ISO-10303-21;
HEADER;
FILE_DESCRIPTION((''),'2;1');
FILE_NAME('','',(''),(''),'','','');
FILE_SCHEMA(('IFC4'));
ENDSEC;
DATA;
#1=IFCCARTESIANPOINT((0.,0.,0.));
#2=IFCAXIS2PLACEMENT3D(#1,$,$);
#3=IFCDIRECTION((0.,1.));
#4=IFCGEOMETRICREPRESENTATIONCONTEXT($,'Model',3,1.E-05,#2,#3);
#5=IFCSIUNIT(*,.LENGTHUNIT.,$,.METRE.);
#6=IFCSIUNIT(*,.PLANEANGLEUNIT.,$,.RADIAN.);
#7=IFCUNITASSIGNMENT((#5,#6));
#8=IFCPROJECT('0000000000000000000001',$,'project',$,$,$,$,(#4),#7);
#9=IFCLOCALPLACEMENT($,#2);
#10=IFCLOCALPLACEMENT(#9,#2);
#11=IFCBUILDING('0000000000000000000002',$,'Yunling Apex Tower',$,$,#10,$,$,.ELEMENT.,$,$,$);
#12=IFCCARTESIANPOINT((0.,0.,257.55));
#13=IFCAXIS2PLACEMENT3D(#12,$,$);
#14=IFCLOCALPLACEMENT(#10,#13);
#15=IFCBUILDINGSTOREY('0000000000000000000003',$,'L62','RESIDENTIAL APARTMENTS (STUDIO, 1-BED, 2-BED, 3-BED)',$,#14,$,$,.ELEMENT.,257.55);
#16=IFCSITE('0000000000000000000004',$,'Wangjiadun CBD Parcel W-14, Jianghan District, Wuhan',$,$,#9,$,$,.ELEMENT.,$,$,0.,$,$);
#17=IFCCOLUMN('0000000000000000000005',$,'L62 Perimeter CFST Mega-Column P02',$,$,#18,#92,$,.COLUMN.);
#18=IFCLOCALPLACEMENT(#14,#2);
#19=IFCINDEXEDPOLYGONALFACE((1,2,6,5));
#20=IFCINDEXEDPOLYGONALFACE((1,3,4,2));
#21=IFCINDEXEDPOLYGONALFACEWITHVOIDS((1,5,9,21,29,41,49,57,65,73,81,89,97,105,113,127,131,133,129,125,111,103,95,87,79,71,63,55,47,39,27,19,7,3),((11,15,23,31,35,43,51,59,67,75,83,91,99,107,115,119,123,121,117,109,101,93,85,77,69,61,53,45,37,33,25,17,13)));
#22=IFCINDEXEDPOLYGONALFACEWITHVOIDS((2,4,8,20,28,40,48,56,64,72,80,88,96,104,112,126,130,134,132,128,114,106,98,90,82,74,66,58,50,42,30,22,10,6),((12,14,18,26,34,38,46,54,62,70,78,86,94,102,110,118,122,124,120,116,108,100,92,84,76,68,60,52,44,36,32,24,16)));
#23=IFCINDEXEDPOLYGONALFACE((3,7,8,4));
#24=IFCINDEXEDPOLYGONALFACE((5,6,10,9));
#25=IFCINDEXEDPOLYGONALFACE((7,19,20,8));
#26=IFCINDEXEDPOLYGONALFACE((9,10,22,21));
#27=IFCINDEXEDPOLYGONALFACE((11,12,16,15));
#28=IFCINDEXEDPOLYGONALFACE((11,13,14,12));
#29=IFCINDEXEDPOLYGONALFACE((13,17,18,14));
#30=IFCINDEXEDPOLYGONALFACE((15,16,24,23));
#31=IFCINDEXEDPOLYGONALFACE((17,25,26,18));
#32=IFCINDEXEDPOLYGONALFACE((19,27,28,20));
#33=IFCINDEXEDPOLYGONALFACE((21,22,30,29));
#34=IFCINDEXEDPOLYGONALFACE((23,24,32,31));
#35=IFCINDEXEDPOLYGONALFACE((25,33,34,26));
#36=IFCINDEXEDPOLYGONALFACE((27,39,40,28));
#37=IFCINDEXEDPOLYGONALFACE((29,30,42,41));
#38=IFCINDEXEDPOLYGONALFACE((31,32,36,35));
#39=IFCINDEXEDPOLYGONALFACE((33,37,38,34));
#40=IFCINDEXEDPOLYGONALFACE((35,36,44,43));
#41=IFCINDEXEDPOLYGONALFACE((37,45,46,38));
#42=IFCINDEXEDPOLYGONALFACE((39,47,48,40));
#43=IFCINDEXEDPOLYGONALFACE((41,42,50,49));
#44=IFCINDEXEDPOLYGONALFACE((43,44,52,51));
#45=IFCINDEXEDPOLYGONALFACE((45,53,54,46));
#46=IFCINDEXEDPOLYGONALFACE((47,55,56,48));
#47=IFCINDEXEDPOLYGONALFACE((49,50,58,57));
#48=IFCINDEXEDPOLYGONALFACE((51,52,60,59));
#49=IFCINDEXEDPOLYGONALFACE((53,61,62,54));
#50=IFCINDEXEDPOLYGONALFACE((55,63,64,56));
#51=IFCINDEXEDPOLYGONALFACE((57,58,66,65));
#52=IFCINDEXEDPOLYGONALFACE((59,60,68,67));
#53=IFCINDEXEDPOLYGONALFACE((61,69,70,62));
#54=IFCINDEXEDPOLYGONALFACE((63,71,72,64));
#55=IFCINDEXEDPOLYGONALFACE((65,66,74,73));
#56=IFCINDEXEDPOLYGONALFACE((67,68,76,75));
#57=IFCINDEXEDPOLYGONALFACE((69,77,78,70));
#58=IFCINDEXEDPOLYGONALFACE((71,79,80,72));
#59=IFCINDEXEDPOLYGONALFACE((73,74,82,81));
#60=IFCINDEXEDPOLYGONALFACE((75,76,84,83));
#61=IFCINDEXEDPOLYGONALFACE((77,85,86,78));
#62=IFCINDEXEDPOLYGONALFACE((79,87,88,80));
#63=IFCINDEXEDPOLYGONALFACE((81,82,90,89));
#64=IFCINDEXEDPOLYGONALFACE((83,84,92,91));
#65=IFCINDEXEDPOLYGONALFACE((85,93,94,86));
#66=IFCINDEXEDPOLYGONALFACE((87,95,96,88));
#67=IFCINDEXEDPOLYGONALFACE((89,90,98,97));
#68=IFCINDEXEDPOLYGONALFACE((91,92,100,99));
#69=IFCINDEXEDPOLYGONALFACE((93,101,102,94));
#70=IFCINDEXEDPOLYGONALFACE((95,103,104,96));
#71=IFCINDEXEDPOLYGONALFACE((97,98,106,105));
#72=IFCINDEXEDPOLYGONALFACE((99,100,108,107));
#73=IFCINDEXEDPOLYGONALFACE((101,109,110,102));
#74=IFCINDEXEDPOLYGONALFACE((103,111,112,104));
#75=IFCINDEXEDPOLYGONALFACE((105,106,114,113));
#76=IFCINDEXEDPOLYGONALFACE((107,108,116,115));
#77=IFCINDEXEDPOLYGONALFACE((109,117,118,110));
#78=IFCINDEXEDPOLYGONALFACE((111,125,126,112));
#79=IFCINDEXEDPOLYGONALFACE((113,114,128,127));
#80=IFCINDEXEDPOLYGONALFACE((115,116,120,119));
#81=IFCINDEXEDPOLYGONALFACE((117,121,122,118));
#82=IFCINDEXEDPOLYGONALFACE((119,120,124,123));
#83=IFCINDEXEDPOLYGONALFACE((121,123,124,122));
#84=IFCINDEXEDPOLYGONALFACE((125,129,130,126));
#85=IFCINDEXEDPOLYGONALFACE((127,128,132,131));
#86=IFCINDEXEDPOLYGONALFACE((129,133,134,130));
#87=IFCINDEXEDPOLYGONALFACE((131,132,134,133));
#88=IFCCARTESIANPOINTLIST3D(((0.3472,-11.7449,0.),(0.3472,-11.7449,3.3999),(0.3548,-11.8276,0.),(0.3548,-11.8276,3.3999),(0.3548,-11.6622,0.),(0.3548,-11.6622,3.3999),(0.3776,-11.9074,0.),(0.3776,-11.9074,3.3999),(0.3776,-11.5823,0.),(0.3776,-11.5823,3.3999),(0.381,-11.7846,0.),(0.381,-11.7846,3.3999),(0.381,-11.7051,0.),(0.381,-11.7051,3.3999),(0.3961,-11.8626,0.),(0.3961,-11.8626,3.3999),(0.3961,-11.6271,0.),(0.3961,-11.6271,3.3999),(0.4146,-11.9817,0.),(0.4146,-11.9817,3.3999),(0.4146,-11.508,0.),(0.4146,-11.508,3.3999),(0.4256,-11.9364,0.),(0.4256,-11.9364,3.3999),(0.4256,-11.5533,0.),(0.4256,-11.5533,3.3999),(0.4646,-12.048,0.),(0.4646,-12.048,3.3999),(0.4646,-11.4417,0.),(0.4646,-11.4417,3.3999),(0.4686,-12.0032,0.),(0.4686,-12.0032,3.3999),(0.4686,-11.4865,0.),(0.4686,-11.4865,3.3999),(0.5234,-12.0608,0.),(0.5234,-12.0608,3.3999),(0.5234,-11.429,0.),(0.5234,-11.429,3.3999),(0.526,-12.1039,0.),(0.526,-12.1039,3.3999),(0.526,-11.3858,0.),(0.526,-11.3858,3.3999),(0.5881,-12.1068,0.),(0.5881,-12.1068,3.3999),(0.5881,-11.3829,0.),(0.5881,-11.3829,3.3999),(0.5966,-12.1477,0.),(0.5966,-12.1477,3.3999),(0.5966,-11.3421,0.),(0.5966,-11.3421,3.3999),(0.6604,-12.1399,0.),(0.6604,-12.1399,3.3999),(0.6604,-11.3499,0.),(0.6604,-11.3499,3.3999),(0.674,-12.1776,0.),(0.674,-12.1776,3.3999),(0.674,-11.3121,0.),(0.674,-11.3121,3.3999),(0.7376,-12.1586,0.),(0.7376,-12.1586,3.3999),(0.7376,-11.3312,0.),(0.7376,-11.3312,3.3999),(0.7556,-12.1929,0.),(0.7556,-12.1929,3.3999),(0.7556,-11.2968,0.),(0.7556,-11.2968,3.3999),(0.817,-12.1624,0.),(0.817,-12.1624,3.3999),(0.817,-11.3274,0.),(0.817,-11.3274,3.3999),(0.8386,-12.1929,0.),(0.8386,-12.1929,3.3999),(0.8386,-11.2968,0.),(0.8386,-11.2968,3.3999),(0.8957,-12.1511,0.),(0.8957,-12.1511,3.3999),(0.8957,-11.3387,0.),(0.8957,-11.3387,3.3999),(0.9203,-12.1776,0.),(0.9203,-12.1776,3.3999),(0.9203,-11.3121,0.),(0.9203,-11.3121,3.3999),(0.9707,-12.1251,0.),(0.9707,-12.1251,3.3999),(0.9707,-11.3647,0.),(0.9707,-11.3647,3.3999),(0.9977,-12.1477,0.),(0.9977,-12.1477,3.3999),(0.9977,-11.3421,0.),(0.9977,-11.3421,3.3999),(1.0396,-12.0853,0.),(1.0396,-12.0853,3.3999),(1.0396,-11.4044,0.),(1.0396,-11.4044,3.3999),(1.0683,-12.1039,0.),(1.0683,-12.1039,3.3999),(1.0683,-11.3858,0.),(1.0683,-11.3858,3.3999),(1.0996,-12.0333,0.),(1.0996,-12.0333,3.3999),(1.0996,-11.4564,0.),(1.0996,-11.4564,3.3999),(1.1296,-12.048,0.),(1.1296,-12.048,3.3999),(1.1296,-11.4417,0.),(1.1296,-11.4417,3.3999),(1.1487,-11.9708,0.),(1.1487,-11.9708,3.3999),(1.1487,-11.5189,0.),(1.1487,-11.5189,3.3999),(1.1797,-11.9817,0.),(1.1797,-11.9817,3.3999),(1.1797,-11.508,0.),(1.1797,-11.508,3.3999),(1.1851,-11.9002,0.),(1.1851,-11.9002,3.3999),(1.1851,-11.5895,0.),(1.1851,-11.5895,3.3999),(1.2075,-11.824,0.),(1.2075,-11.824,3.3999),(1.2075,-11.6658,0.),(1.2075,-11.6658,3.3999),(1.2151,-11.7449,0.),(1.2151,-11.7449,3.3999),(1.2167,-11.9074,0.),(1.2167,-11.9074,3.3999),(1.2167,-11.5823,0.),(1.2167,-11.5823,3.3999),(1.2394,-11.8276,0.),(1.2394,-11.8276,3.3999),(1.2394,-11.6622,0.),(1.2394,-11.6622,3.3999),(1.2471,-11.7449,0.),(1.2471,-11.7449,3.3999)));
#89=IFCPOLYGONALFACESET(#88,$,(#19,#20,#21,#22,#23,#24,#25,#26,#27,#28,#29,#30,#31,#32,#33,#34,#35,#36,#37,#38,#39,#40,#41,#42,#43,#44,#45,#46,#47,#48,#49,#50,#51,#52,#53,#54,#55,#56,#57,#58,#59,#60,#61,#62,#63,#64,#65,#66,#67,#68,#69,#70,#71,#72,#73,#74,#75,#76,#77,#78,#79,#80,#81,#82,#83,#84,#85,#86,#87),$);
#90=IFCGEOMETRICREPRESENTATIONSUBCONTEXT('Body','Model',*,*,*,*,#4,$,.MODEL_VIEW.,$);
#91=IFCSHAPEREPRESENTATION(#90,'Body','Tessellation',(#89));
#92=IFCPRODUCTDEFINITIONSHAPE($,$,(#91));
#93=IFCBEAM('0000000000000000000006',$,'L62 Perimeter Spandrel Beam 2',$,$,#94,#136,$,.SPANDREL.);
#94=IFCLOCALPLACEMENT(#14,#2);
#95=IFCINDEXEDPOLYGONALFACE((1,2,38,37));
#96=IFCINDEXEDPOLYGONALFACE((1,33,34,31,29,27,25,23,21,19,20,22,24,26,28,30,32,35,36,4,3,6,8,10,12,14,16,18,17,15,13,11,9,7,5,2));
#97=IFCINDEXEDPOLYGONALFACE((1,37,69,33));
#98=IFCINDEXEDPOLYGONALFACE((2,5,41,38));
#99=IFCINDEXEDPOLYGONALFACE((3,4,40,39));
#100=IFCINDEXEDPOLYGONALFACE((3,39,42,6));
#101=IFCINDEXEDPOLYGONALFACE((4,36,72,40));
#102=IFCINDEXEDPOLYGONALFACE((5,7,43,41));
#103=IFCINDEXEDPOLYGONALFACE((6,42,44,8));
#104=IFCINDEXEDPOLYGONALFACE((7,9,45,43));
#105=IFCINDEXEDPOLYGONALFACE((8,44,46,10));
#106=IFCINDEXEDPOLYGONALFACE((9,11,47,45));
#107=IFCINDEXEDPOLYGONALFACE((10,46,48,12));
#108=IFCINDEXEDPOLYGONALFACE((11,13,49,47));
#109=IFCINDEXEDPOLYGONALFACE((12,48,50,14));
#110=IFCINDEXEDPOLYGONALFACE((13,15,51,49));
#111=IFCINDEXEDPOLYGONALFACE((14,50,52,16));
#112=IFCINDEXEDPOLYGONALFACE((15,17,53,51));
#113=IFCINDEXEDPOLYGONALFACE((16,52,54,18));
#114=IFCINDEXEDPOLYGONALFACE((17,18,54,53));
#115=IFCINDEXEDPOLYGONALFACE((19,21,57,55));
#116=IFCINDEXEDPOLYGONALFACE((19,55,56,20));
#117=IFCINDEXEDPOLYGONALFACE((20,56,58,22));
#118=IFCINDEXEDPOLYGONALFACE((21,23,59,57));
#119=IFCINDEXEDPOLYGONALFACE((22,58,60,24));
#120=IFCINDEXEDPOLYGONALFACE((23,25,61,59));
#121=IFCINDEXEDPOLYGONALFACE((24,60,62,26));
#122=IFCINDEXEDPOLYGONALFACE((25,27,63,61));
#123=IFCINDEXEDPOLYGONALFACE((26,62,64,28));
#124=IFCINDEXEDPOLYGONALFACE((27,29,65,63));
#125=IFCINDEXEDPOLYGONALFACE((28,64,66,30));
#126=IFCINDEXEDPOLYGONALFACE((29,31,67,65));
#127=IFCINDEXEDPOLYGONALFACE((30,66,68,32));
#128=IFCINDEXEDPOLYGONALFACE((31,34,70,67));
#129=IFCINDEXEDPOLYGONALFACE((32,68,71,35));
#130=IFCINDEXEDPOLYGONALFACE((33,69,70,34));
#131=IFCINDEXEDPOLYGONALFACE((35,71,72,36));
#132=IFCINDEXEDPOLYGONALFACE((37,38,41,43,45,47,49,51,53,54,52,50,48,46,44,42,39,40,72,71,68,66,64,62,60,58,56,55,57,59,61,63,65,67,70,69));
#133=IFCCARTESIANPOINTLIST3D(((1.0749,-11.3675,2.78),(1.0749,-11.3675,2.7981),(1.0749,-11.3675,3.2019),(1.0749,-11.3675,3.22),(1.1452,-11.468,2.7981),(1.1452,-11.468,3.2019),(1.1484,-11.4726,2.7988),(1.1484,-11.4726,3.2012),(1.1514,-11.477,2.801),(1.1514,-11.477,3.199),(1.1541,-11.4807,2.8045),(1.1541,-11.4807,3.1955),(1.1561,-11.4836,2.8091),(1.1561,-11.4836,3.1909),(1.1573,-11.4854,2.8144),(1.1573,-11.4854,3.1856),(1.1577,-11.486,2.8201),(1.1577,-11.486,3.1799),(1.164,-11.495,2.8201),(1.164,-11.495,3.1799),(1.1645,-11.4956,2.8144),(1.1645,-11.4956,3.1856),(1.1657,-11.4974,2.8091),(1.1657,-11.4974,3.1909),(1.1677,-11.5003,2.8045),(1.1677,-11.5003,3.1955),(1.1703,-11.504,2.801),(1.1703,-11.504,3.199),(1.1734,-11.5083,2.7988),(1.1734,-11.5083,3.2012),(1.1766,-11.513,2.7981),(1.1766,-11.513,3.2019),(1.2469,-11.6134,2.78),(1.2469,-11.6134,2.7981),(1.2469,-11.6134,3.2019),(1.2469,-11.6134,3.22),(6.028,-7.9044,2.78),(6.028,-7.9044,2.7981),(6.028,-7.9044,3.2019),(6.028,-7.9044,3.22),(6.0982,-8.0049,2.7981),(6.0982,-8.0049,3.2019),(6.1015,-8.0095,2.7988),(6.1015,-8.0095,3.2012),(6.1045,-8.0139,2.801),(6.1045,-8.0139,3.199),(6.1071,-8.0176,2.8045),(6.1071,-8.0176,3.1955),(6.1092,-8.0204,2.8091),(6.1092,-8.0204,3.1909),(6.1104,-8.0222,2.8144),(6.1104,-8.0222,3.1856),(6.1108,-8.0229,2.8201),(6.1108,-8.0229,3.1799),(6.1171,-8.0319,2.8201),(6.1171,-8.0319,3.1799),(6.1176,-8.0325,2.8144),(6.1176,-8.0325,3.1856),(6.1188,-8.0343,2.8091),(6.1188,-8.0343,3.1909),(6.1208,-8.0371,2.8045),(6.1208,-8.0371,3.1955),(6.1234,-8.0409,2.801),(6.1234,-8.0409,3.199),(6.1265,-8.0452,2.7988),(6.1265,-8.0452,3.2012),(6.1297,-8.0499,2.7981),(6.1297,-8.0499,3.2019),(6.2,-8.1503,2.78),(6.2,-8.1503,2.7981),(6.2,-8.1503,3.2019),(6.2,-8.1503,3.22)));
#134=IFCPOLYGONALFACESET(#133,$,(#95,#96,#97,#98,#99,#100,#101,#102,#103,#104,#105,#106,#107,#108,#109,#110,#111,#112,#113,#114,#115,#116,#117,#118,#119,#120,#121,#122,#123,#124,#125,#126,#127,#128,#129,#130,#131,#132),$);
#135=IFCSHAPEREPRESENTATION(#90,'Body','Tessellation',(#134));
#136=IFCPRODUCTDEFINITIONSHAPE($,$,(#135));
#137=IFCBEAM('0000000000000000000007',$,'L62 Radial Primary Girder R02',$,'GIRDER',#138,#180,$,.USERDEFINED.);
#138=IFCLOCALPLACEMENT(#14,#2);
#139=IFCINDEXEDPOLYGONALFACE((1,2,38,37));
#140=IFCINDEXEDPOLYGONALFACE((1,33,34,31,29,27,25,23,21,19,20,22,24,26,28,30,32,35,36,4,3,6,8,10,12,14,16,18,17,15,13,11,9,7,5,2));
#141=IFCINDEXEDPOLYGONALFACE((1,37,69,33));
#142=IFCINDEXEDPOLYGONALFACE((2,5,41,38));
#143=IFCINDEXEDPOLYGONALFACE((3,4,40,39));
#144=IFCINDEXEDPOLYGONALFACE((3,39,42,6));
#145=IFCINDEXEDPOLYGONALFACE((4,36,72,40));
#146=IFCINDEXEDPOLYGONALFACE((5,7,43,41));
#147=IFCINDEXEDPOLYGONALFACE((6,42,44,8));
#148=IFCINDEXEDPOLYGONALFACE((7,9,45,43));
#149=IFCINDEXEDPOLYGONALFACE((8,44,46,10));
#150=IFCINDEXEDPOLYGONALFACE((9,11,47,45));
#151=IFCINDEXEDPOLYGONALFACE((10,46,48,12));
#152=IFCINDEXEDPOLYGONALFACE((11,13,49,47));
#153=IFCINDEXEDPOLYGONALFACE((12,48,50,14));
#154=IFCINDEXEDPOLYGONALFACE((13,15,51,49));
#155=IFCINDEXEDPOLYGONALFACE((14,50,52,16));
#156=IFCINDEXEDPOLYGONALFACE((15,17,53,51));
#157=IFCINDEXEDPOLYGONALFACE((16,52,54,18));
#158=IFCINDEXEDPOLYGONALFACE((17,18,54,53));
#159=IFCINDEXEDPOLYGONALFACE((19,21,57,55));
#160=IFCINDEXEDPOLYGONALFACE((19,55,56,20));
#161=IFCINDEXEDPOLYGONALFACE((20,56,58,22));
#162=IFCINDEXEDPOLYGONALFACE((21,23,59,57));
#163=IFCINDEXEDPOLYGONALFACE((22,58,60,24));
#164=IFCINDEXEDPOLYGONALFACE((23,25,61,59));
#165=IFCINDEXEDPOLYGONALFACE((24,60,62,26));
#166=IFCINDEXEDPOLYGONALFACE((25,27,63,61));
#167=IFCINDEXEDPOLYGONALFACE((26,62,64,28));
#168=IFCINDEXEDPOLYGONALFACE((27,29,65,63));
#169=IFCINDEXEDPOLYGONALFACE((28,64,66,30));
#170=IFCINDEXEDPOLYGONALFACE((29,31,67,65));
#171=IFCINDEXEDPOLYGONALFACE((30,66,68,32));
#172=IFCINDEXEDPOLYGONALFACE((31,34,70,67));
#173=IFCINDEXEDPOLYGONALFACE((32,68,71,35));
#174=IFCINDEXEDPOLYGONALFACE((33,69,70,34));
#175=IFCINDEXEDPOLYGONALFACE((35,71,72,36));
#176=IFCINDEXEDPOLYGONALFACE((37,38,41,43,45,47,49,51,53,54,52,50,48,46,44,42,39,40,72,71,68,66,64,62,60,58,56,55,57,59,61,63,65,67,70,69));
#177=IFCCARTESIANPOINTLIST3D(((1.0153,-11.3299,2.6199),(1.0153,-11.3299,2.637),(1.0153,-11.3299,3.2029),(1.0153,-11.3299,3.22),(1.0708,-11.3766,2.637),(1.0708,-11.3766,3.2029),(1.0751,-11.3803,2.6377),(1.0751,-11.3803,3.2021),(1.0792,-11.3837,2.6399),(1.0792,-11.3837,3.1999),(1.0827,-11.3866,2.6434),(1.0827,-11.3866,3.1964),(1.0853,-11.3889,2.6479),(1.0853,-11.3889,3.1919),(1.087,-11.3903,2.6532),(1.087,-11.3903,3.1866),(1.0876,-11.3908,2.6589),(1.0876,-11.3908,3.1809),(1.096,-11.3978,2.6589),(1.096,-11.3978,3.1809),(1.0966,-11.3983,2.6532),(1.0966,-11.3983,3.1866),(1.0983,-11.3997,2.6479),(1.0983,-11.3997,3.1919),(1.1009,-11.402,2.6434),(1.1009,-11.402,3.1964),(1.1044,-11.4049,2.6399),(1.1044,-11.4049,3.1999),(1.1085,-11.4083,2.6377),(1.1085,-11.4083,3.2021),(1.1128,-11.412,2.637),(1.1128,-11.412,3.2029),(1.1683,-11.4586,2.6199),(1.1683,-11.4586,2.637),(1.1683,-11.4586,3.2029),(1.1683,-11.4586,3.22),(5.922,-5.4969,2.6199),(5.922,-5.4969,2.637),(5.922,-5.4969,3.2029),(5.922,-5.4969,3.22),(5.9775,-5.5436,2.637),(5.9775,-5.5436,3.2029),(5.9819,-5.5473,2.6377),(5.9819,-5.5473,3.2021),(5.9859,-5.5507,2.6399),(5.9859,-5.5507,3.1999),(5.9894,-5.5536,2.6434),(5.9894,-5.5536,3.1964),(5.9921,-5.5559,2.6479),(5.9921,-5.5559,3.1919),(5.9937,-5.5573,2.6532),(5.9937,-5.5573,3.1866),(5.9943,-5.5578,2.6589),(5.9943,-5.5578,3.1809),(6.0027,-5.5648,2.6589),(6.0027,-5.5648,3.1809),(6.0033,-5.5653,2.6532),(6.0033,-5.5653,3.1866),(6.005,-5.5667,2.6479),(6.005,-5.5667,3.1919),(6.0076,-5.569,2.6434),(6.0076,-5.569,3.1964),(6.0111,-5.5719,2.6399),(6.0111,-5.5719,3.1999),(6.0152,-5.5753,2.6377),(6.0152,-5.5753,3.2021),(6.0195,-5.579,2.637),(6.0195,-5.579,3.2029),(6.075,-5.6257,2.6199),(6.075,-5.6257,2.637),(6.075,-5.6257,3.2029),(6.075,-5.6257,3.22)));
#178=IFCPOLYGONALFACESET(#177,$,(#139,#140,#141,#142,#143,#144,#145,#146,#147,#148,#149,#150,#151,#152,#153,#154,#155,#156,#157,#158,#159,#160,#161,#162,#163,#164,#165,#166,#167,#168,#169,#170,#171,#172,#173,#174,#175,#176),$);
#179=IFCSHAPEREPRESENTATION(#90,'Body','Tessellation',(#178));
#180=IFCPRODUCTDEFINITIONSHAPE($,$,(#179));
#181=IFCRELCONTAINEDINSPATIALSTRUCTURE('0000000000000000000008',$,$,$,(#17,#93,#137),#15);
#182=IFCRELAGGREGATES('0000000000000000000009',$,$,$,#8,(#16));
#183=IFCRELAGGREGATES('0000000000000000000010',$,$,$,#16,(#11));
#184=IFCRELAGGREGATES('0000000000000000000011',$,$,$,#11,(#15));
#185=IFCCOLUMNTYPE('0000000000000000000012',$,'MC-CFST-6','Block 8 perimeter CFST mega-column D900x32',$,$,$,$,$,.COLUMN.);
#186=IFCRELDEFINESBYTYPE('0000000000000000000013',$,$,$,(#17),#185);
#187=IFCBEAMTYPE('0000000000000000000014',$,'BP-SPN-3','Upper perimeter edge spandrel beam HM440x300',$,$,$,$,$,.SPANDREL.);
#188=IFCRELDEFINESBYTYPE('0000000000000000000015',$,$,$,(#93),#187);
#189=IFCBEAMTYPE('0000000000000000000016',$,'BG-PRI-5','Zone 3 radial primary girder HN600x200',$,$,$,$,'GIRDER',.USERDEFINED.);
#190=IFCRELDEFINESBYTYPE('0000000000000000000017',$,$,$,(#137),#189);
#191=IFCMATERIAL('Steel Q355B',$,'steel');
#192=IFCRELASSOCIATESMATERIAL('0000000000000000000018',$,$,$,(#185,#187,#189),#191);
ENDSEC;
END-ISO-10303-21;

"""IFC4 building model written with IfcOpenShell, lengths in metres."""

from ifc_helpers import new_model, si_unit, direction, frame, origin, origin_2d, place, context, subcontext, project, spatial, hollow_circle, i_section, extrude, source, transform, mapped, material, material_profile, profile_set, type_object, element, save


model = new_model("IFC4")

# Units and contexts
model_context = context("Model", 3, precision=1e-05, world=origin(), true_north=direction((0.0, 1.0)))
body_context = subcontext(model_context, "Body", "Model", "MODEL_VIEW")
ifc_project = project(units=[si_unit("LENGTHUNIT", "METRE"), si_unit("PLANEANGLEUNIT", "RADIAN")], contexts=[model_context])

# Site, building, storey
site_placement = place(None, origin())
site = spatial("IfcSite", under=ifc_project, at=site_placement, Name="Wangjiadun CBD Parcel W-14, Jianghan District, Wuhan", CompositionType="ELEMENT", RefElevation=0.0)
building_placement = place(site_placement, origin())
building = spatial("IfcBuilding", under=site, at=building_placement, Name="Yunling Apex Tower", CompositionType="ELEMENT")
storey_placement = place(building_placement, frame((0.0, 0.0, 257.55)))
storey = spatial("IfcBuildingStorey", under=building, at=storey_placement, Name="L62", Description="RESIDENTIAL APARTMENTS (STUDIO, 1-BED, 2-BED, 3-BED)", CompositionType="ELEMENT", Elevation=257.55)

# Column
ifc_material_1 = material(Name="Steel Q355B", Category="steel")
ifc_material_profile_1 = material_profile(ifc_material_1, hollow_circle(Radius=0.45, WallThickness=0.032, at=origin_2d()))
ifc_profile_set_1 = profile_set([ifc_material_profile_1], Name="Steel Q355B")
column_type = type_object("IfcColumnType", Name="MC-CFST-6", Description="Block 8 perimeter CFST mega-column D900x32", PredefinedType="COLUMN", material=ifc_profile_set_1)
shared_shape_1 = source(origin(), body_context, "Body", "SweptSolid", [
    extrude(hollow_circle(Radius=0.45, WallThickness=0.032, at=origin_2d()), origin(), (0.0, 0.0, 1.0), 3.3999),
])
column_placement = place(storey_placement, frame((0.7971, -11.7449, 0.0), z_axis=(0.0, 0.0, 1.0), x_axis=(1.0, 0.0, 0.0)))
element("IfcColumn", 1, at=column_placement, inside=storey, type_object=column_type, Name="L62 Perimeter CFST Mega-Column P02", PredefinedType="COLUMN", context=body_context, shape_type="MappedRepresentation", body=[
    mapped(shared_shape_1, transform((0.0, 0.0, 0.0), scale=1.0)),
])

# Beams
ifc_material_profile_2 = material_profile(ifc_material_1, i_section(OverallWidth=0.3, OverallDepth=0.4399, WebThickness=0.011, FlangeThickness=0.0181, FilletRadius=0.022, at=origin_2d()))
ifc_profile_set_2 = profile_set([ifc_material_profile_2], Name="Steel Q355B")
beam_type_1 = type_object("IfcBeamType", Name="BP-SPN-3", Description="Upper perimeter edge spandrel beam HM440x300", PredefinedType="SPANDREL", material=ifc_profile_set_2)
shared_shape_2 = source(origin(), body_context, "Body", "SweptSolid", [
    extrude(i_section(OverallWidth=0.3, OverallDepth=0.4399, WebThickness=0.011, FlangeThickness=0.0181, FilletRadius=0.022, at=origin_2d()), origin(), (0.0, 0.0, 1.0), 6.0437),
])
beam_1_placement = place(storey_placement, frame((1.1609, -11.4905, 3.0), z_axis=(0.819547, 0.573012, 0.0), x_axis=(-0.573012, 0.819547, 0.0)))
element("IfcBeam", 2, at=beam_1_placement, inside=storey, type_object=beam_type_1, Name="L62 Perimeter Spandrel Beam 2", PredefinedType="SPANDREL", context=body_context, shape_type="MappedRepresentation", body=[
    mapped(shared_shape_2, transform((0.0, 0.0, 0.0), scale=1.0)),
])
ifc_material_profile_3 = material_profile(ifc_material_1, i_section(OverallWidth=0.2, OverallDepth=0.6001, WebThickness=0.011, FlangeThickness=0.0171, FilletRadius=0.022, at=origin_2d()))
ifc_profile_set_3 = profile_set([ifc_material_profile_3], Name="Steel Q355B")
beam_type_2 = type_object("IfcBeamType", Name="BG-PRI-5", Description="Zone 3 radial primary girder HN600x200", ElementType="GIRDER", PredefinedType="USERDEFINED", material=ifc_profile_set_3)
shared_shape_3 = source(origin(), body_context, "Body", "SweptSolid", [
    extrude(i_section(OverallWidth=0.2, OverallDepth=0.6001, WebThickness=0.011, FlangeThickness=0.0171, FilletRadius=0.022, at=origin_2d()), origin(), (0.0, 0.0, 1.0), 7.6223),
])
beam_2_placement = place(storey_placement, frame((1.0918, -11.3943, 2.9199), z_axis=(0.643731, 0.765252, 0.0), x_axis=(-0.765252, 0.643731, 0.0)))
element("IfcBeam", 3, at=beam_2_placement, inside=storey, type_object=beam_type_2, Name="L62 Radial Primary Girder R02", ObjectType="GIRDER", PredefinedType="USERDEFINED", context=body_context, shape_type="MappedRepresentation", body=[
    mapped(shared_shape_3, transform((0.0, 0.0, 0.0), scale=1.0)),
])

save(model, "model.ifc")
